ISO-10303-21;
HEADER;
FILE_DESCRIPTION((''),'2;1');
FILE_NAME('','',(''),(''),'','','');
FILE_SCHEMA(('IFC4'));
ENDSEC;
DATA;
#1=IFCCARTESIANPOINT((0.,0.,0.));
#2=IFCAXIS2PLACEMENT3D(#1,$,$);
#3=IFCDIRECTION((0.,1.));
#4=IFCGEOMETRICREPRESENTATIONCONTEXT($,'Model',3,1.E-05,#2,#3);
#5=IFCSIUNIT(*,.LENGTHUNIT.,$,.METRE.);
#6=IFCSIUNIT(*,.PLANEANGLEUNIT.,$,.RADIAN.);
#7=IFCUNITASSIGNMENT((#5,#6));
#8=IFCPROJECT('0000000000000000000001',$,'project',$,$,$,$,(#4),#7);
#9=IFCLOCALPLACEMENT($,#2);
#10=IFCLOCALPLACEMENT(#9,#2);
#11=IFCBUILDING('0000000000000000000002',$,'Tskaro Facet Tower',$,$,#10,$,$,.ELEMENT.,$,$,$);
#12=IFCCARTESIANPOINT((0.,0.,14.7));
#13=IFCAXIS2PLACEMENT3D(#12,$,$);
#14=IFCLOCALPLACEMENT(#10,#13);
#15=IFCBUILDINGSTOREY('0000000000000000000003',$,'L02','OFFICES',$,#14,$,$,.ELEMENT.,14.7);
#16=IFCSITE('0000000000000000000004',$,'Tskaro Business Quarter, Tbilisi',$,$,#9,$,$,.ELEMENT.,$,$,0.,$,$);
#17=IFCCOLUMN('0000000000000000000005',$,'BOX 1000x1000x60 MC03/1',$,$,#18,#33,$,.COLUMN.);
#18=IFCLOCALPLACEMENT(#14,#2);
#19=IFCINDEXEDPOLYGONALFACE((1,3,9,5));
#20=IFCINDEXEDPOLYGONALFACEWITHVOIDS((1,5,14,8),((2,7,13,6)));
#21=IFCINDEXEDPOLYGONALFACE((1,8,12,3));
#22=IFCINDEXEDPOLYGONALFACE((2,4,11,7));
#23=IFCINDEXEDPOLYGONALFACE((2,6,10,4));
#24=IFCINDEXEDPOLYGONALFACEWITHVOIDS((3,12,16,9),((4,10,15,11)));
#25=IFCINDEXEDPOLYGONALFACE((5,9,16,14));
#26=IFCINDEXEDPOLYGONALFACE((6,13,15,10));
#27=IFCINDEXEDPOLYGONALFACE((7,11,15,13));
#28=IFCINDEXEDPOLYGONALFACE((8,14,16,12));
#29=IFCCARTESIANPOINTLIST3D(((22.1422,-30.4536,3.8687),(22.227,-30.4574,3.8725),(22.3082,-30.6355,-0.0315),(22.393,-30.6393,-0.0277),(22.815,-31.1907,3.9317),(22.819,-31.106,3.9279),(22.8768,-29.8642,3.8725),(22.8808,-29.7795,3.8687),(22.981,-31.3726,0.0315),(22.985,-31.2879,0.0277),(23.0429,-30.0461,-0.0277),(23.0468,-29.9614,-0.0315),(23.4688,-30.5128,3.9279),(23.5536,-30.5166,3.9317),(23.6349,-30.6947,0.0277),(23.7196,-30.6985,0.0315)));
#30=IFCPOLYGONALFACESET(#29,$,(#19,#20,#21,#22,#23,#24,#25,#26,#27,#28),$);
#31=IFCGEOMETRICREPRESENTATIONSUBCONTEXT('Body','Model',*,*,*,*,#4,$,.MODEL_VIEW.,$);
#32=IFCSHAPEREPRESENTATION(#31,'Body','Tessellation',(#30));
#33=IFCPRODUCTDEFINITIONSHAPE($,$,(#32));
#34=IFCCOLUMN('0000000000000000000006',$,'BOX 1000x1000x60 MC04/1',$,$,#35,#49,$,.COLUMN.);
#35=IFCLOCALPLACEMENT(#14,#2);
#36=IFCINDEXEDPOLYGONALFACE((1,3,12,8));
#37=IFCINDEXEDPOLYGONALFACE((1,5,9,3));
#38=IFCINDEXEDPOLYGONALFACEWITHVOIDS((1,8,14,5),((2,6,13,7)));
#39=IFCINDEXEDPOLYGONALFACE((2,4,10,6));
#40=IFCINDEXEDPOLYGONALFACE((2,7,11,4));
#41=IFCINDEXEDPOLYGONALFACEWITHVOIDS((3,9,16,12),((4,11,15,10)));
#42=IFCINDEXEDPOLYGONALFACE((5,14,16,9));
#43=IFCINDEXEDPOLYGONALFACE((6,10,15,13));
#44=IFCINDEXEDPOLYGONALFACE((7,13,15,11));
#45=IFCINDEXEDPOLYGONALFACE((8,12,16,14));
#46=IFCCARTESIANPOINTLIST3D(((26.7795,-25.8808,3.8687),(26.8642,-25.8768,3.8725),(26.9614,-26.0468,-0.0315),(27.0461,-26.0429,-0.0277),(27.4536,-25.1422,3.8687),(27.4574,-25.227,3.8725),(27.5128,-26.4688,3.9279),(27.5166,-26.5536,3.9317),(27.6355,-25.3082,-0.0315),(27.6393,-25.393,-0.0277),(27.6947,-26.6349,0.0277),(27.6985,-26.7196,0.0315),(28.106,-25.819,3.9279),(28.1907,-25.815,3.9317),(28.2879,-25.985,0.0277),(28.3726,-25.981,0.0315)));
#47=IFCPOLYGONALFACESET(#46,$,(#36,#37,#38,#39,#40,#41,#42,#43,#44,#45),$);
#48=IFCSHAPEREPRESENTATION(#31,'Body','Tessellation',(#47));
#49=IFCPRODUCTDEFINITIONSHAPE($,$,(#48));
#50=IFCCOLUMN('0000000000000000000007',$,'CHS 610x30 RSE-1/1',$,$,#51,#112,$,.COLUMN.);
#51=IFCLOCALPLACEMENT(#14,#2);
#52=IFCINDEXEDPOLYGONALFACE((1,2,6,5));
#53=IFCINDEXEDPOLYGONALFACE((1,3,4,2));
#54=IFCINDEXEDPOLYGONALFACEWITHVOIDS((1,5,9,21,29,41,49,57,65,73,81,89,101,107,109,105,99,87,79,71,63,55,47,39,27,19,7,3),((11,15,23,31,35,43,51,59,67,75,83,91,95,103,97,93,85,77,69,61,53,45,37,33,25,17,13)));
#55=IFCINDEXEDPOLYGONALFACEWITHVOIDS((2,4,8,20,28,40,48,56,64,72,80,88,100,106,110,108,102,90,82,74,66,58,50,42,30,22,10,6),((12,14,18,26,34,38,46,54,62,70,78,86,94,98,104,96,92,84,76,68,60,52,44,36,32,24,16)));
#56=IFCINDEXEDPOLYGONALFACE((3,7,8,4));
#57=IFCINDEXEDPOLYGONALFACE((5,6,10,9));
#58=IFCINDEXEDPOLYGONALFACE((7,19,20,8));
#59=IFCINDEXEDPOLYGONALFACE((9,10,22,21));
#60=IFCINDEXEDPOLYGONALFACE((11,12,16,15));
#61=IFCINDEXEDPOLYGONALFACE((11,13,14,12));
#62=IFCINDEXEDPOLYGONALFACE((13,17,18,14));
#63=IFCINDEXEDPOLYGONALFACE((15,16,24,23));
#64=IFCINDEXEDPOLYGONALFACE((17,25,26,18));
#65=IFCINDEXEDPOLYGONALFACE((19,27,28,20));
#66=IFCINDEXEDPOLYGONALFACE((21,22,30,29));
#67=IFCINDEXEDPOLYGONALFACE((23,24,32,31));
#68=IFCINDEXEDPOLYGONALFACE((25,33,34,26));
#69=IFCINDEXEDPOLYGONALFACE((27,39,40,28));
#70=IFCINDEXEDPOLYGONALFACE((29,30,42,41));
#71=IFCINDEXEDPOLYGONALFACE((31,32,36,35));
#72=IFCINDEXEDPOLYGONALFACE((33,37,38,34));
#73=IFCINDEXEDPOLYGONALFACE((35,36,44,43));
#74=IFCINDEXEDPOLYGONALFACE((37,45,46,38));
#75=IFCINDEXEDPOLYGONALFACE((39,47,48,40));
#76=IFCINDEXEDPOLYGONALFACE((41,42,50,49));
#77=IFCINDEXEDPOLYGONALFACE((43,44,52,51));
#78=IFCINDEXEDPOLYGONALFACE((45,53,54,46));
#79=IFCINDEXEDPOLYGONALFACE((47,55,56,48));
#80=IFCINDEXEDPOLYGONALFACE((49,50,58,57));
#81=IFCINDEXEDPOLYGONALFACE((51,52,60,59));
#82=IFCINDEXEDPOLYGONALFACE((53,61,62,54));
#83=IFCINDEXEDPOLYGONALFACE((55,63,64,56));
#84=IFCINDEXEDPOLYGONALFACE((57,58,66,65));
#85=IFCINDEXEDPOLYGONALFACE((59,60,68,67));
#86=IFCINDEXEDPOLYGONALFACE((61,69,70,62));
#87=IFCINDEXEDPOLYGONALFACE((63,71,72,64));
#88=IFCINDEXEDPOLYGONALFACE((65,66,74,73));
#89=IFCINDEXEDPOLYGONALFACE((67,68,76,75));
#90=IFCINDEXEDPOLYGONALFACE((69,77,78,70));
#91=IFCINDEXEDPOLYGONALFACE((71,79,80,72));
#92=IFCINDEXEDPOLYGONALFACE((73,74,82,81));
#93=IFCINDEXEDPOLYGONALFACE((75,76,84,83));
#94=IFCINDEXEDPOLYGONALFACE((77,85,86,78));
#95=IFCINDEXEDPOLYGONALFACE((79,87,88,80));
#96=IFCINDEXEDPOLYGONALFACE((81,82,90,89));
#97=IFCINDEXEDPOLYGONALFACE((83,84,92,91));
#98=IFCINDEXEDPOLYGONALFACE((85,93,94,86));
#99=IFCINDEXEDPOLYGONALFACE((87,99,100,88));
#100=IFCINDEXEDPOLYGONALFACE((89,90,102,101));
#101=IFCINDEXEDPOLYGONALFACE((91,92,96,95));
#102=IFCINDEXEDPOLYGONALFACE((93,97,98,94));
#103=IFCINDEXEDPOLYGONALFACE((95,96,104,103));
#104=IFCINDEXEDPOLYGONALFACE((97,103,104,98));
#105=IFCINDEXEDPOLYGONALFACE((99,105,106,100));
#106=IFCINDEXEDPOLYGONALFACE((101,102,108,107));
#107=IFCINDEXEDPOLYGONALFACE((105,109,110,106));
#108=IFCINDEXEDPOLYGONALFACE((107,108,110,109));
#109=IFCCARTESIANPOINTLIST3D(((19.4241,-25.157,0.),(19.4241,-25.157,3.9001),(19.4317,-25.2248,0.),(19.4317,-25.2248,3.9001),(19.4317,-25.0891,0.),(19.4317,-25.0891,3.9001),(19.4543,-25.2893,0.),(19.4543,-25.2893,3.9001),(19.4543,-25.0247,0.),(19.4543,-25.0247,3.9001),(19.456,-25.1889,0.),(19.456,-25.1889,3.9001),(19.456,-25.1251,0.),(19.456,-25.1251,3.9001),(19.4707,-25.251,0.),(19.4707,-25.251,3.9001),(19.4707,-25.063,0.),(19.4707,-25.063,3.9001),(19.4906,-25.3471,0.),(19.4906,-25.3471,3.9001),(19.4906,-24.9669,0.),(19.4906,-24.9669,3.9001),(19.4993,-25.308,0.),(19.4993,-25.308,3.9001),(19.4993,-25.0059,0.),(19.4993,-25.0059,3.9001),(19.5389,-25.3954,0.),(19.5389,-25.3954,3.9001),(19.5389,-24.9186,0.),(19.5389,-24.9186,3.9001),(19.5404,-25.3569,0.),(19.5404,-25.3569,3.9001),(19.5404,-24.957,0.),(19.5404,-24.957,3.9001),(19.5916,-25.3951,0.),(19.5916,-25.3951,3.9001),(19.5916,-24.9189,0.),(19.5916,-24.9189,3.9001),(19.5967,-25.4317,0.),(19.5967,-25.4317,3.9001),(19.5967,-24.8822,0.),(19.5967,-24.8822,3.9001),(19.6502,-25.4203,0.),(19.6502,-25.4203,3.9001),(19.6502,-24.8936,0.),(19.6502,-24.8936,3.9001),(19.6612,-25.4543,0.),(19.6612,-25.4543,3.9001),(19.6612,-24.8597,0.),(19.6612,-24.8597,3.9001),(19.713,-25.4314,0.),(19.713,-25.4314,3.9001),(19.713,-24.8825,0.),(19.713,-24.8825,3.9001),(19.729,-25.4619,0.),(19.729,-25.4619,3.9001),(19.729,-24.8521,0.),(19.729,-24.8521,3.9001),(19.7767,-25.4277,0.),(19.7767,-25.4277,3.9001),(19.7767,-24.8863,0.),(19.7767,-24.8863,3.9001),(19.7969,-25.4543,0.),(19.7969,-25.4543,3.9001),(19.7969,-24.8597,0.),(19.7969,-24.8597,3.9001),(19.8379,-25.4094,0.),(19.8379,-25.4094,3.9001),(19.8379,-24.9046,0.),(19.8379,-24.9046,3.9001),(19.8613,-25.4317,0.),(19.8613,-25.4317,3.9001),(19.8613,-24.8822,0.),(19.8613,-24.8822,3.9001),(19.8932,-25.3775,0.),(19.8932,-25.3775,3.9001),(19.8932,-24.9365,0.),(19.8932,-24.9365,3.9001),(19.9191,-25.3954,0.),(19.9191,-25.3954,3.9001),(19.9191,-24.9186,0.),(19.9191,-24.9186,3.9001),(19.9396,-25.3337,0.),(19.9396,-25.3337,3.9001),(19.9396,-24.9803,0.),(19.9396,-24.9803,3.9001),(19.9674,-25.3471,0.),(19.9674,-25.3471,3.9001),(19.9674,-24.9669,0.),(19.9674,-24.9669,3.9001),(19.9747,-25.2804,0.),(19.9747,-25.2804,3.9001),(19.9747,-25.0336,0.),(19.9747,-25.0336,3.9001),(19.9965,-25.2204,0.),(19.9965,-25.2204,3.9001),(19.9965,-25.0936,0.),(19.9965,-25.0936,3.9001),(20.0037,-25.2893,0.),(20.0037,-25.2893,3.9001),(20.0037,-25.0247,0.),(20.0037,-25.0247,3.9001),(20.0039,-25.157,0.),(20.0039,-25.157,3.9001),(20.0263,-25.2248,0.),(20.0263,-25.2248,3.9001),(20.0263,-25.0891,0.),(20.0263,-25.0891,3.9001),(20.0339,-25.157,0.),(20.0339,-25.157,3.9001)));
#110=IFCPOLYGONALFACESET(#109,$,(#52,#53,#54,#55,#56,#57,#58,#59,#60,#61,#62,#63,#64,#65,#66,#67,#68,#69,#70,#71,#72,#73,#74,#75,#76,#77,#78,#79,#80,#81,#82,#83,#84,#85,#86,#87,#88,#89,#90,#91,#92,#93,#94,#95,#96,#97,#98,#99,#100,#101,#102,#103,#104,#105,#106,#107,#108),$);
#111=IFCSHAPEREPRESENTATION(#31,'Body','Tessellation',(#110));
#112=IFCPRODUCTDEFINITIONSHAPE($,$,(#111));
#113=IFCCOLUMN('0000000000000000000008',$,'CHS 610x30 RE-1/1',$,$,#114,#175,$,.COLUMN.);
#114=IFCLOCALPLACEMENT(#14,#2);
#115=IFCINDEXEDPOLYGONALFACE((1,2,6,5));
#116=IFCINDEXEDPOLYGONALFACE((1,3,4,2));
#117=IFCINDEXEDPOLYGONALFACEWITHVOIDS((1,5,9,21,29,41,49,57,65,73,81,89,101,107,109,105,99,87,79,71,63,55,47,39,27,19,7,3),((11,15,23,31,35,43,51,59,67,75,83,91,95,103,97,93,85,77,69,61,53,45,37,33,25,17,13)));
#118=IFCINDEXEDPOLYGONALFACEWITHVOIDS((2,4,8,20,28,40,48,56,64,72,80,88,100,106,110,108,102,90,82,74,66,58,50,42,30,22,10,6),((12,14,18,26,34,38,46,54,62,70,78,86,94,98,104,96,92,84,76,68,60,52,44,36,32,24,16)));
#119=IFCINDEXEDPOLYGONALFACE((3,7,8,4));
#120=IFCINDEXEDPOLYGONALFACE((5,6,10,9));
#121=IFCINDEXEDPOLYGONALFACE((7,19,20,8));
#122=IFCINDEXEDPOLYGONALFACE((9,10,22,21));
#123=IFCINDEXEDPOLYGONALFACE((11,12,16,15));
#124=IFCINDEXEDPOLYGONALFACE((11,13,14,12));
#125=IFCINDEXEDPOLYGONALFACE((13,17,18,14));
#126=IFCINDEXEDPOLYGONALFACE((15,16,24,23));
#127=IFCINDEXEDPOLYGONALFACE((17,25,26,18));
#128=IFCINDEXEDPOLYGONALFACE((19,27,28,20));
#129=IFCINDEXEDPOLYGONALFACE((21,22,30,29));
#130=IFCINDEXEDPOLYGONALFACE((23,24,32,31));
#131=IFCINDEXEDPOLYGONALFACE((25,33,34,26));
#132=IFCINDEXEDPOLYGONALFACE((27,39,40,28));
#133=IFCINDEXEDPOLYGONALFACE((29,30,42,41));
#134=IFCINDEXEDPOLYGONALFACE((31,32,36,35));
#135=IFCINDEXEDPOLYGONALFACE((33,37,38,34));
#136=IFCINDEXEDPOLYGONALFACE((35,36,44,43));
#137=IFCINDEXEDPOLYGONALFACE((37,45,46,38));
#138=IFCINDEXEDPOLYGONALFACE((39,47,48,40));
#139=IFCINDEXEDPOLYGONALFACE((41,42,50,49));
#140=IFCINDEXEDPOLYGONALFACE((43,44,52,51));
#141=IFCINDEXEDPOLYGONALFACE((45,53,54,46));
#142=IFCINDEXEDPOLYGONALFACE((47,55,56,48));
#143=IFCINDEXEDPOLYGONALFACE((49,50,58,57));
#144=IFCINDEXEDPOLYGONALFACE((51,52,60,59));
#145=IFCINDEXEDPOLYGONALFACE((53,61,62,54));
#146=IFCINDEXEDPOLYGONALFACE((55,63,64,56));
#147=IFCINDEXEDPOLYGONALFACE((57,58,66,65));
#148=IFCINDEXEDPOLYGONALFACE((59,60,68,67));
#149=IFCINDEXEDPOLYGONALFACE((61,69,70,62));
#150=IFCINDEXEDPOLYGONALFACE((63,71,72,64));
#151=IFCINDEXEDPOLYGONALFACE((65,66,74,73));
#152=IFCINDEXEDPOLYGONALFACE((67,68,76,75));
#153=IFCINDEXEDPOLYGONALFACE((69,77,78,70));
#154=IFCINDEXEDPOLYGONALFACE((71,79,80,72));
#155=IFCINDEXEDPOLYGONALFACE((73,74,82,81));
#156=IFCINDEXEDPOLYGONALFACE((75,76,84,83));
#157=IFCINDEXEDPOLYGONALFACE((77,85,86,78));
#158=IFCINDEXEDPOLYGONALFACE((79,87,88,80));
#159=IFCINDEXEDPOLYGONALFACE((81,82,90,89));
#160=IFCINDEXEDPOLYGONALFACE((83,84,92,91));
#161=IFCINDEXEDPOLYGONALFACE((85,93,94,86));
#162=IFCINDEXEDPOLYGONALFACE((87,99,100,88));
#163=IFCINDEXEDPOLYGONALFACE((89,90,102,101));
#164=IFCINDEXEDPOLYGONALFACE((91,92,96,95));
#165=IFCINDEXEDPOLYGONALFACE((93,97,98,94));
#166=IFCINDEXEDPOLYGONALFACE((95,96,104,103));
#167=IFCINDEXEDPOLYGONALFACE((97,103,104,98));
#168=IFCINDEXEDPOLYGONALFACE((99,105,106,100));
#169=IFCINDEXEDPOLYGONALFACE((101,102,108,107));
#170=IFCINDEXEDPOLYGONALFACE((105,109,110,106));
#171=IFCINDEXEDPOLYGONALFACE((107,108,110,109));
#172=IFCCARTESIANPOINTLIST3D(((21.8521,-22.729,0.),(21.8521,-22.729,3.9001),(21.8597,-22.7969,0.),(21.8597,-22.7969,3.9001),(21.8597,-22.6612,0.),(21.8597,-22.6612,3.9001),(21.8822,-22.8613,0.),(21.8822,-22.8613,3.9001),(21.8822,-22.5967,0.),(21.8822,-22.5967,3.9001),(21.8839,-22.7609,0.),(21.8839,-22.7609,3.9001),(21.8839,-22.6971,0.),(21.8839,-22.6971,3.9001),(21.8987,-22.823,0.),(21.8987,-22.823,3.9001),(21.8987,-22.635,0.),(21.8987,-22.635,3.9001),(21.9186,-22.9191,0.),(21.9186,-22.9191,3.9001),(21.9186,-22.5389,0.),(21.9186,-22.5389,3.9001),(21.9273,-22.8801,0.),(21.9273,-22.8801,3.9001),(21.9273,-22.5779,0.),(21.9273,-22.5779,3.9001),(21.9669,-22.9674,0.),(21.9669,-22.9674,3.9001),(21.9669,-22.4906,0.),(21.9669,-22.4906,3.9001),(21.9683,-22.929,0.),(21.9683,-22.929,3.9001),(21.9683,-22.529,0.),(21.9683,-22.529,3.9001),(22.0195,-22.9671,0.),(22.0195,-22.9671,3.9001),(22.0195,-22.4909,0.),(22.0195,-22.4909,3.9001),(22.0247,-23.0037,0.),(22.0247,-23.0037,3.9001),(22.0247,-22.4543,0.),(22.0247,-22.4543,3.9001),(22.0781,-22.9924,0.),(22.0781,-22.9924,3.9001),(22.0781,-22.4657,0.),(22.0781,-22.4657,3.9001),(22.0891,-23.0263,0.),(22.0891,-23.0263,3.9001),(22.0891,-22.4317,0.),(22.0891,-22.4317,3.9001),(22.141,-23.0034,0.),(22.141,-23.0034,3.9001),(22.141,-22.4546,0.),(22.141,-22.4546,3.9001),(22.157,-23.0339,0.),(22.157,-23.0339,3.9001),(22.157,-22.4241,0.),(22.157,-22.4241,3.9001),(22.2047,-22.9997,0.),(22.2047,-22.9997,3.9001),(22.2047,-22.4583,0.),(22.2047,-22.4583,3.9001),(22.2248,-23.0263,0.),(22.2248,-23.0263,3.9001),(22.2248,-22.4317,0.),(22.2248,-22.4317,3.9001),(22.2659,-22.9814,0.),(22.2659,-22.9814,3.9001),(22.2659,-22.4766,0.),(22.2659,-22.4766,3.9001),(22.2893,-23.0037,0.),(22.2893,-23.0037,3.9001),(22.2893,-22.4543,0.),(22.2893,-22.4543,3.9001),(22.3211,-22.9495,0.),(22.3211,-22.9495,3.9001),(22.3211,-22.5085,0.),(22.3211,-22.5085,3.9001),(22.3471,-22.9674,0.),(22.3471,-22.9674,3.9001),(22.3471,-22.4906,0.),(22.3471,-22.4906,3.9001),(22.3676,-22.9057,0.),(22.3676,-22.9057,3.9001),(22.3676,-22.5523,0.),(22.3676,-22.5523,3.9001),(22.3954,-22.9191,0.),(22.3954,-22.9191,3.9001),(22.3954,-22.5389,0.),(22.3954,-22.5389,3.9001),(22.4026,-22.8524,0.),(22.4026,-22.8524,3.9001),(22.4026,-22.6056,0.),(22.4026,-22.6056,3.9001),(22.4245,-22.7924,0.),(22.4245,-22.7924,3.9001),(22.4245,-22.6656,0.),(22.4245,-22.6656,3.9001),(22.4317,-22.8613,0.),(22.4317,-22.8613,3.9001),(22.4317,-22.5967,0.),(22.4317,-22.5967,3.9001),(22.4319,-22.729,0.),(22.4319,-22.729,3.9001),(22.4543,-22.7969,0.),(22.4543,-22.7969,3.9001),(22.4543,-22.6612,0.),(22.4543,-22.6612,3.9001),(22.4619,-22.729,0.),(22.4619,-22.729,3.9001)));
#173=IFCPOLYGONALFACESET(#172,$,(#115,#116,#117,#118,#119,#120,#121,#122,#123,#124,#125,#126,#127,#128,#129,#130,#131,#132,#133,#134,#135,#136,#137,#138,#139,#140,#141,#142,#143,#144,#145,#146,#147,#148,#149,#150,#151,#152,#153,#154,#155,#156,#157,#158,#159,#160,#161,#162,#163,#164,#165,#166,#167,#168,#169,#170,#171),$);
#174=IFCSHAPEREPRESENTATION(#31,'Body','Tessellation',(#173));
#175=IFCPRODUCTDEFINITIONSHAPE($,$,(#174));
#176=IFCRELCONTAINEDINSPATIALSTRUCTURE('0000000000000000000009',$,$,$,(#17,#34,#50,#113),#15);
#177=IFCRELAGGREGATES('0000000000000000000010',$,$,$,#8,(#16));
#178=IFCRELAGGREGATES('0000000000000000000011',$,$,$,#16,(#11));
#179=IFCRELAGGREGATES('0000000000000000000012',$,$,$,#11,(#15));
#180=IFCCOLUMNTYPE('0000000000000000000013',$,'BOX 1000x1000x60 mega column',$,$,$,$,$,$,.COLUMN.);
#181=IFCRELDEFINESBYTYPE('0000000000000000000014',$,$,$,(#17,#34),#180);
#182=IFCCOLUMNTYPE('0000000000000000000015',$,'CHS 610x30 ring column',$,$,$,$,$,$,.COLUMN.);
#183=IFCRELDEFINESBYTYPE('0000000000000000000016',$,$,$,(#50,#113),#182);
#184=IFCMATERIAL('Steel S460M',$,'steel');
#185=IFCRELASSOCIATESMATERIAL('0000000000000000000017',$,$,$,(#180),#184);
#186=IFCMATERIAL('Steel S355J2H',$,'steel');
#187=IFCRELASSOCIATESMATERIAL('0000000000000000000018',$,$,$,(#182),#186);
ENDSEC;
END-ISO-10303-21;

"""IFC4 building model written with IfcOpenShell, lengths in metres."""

from ifc_helpers import new_model, si_unit, direction, frame, origin, origin_2d, place, context, subcontext, project, spatial, hollow_rectangle, hollow_circle, extrude, material, material_profile, profile_set, type_object, element, save


model = new_model("IFC4")

# Units and contexts
model_context = context("Model", 3, precision=1e-05, world=origin(), true_north=direction((0.0, 1.0)))
body_context = subcontext(model_context, "Body", "Model", "MODEL_VIEW")
ifc_project = project(units=[si_unit("LENGTHUNIT", "METRE"), si_unit("PLANEANGLEUNIT", "RADIAN")], contexts=[model_context])

# Site, building, storey
site_placement = place(None, origin())
site = spatial("IfcSite", under=ifc_project, at=site_placement, Name="Tskaro Business Quarter, Tbilisi", CompositionType="ELEMENT", RefElevation=0.0)
building_placement = place(site_placement, origin())
building = spatial("IfcBuilding", under=site, at=building_placement, Name="Tskaro Facet Tower", CompositionType="ELEMENT")
storey_placement = place(building_placement, frame((0.0, 0.0, 14.7)))
storey = spatial("IfcBuildingStorey", under=building, at=storey_placement, Name="L02", Description="OFFICES", CompositionType="ELEMENT", Elevation=14.7)

# Columns
ifc_material_1 = material(Name="Steel S460M", Category="steel")
ifc_material_profile_1 = material_profile(ifc_material_1, hollow_rectangle(XDim=1.0, YDim=1.0, WallThickness=0.0601, at=origin_2d()), Name="BOX 1000x1000x60")
ifc_profile_set_1 = profile_set([ifc_material_profile_1], Name="Steel S460M")
column_type_1 = type_object("IfcColumnType", Name="BOX 1000x1000x60 mega column", PredefinedType="COLUMN", material=ifc_profile_set_1)
for number, where, z_axis, x_axis, name in (
    (1, (23.0139, -30.667, 0.0), (-0.042482, 0.046543, 0.998013), (-0.738593, -0.674152, 0.0), "BOX 1000x1000x60 MC03/1"),
    (2, (27.667, -26.0139, 0.0), (-0.046543, 0.042482, 0.998013), (-0.674152, -0.738593, 0.0), "BOX 1000x1000x60 MC04/1"),
):
    element("IfcColumn", number, at=place(storey_placement, frame(where, z_axis=z_axis, x_axis=x_axis)), inside=storey, type_object=column_type_1, Name=name, PredefinedType="COLUMN", context=body_context, shape_type="SweptSolid", body=[
        extrude(hollow_rectangle(XDim=1.0, YDim=1.0, WallThickness=0.0601, at=origin_2d()), origin(), (0.0, 0.0, 1.0), 3.908),
    ])
ifc_material_2 = material(Name="Steel S355J2H", Category="steel")
ifc_material_profile_2 = material_profile(ifc_material_2, hollow_circle(Radius=0.3049, WallThickness=0.03, at=origin_2d()), Name="CHS 610x30")
ifc_profile_set_2 = profile_set([ifc_material_profile_2], Name="Steel S355J2H")
column_type_2 = type_object("IfcColumnType", Name="CHS 610x30 ring column", PredefinedType="COLUMN", material=ifc_profile_set_2)
for number, where, z_axis, x_axis, name in (
    (3, (19.729, -25.157, 0.0), (0.0, 0.0, 1.0), (1.0, 0.0, 0.0), "CHS 610x30 RSE-1/1"),
    (4, (22.157, -22.729, 0.0), (0.0, 0.0, 1.0), (1.0, 0.0, 0.0), "CHS 610x30 RE-1/1"),
):
    element("IfcColumn", number, at=place(storey_placement, frame(where, z_axis=z_axis, x_axis=x_axis)), inside=storey, type_object=column_type_2, Name=name, PredefinedType="COLUMN", context=body_context, shape_type="SweptSolid", body=[
        extrude(hollow_circle(Radius=0.3049, WallThickness=0.03, at=origin_2d()), origin(), (0.0, 0.0, 1.0), 3.9001),
    ])

save(model, "model.ifc")
